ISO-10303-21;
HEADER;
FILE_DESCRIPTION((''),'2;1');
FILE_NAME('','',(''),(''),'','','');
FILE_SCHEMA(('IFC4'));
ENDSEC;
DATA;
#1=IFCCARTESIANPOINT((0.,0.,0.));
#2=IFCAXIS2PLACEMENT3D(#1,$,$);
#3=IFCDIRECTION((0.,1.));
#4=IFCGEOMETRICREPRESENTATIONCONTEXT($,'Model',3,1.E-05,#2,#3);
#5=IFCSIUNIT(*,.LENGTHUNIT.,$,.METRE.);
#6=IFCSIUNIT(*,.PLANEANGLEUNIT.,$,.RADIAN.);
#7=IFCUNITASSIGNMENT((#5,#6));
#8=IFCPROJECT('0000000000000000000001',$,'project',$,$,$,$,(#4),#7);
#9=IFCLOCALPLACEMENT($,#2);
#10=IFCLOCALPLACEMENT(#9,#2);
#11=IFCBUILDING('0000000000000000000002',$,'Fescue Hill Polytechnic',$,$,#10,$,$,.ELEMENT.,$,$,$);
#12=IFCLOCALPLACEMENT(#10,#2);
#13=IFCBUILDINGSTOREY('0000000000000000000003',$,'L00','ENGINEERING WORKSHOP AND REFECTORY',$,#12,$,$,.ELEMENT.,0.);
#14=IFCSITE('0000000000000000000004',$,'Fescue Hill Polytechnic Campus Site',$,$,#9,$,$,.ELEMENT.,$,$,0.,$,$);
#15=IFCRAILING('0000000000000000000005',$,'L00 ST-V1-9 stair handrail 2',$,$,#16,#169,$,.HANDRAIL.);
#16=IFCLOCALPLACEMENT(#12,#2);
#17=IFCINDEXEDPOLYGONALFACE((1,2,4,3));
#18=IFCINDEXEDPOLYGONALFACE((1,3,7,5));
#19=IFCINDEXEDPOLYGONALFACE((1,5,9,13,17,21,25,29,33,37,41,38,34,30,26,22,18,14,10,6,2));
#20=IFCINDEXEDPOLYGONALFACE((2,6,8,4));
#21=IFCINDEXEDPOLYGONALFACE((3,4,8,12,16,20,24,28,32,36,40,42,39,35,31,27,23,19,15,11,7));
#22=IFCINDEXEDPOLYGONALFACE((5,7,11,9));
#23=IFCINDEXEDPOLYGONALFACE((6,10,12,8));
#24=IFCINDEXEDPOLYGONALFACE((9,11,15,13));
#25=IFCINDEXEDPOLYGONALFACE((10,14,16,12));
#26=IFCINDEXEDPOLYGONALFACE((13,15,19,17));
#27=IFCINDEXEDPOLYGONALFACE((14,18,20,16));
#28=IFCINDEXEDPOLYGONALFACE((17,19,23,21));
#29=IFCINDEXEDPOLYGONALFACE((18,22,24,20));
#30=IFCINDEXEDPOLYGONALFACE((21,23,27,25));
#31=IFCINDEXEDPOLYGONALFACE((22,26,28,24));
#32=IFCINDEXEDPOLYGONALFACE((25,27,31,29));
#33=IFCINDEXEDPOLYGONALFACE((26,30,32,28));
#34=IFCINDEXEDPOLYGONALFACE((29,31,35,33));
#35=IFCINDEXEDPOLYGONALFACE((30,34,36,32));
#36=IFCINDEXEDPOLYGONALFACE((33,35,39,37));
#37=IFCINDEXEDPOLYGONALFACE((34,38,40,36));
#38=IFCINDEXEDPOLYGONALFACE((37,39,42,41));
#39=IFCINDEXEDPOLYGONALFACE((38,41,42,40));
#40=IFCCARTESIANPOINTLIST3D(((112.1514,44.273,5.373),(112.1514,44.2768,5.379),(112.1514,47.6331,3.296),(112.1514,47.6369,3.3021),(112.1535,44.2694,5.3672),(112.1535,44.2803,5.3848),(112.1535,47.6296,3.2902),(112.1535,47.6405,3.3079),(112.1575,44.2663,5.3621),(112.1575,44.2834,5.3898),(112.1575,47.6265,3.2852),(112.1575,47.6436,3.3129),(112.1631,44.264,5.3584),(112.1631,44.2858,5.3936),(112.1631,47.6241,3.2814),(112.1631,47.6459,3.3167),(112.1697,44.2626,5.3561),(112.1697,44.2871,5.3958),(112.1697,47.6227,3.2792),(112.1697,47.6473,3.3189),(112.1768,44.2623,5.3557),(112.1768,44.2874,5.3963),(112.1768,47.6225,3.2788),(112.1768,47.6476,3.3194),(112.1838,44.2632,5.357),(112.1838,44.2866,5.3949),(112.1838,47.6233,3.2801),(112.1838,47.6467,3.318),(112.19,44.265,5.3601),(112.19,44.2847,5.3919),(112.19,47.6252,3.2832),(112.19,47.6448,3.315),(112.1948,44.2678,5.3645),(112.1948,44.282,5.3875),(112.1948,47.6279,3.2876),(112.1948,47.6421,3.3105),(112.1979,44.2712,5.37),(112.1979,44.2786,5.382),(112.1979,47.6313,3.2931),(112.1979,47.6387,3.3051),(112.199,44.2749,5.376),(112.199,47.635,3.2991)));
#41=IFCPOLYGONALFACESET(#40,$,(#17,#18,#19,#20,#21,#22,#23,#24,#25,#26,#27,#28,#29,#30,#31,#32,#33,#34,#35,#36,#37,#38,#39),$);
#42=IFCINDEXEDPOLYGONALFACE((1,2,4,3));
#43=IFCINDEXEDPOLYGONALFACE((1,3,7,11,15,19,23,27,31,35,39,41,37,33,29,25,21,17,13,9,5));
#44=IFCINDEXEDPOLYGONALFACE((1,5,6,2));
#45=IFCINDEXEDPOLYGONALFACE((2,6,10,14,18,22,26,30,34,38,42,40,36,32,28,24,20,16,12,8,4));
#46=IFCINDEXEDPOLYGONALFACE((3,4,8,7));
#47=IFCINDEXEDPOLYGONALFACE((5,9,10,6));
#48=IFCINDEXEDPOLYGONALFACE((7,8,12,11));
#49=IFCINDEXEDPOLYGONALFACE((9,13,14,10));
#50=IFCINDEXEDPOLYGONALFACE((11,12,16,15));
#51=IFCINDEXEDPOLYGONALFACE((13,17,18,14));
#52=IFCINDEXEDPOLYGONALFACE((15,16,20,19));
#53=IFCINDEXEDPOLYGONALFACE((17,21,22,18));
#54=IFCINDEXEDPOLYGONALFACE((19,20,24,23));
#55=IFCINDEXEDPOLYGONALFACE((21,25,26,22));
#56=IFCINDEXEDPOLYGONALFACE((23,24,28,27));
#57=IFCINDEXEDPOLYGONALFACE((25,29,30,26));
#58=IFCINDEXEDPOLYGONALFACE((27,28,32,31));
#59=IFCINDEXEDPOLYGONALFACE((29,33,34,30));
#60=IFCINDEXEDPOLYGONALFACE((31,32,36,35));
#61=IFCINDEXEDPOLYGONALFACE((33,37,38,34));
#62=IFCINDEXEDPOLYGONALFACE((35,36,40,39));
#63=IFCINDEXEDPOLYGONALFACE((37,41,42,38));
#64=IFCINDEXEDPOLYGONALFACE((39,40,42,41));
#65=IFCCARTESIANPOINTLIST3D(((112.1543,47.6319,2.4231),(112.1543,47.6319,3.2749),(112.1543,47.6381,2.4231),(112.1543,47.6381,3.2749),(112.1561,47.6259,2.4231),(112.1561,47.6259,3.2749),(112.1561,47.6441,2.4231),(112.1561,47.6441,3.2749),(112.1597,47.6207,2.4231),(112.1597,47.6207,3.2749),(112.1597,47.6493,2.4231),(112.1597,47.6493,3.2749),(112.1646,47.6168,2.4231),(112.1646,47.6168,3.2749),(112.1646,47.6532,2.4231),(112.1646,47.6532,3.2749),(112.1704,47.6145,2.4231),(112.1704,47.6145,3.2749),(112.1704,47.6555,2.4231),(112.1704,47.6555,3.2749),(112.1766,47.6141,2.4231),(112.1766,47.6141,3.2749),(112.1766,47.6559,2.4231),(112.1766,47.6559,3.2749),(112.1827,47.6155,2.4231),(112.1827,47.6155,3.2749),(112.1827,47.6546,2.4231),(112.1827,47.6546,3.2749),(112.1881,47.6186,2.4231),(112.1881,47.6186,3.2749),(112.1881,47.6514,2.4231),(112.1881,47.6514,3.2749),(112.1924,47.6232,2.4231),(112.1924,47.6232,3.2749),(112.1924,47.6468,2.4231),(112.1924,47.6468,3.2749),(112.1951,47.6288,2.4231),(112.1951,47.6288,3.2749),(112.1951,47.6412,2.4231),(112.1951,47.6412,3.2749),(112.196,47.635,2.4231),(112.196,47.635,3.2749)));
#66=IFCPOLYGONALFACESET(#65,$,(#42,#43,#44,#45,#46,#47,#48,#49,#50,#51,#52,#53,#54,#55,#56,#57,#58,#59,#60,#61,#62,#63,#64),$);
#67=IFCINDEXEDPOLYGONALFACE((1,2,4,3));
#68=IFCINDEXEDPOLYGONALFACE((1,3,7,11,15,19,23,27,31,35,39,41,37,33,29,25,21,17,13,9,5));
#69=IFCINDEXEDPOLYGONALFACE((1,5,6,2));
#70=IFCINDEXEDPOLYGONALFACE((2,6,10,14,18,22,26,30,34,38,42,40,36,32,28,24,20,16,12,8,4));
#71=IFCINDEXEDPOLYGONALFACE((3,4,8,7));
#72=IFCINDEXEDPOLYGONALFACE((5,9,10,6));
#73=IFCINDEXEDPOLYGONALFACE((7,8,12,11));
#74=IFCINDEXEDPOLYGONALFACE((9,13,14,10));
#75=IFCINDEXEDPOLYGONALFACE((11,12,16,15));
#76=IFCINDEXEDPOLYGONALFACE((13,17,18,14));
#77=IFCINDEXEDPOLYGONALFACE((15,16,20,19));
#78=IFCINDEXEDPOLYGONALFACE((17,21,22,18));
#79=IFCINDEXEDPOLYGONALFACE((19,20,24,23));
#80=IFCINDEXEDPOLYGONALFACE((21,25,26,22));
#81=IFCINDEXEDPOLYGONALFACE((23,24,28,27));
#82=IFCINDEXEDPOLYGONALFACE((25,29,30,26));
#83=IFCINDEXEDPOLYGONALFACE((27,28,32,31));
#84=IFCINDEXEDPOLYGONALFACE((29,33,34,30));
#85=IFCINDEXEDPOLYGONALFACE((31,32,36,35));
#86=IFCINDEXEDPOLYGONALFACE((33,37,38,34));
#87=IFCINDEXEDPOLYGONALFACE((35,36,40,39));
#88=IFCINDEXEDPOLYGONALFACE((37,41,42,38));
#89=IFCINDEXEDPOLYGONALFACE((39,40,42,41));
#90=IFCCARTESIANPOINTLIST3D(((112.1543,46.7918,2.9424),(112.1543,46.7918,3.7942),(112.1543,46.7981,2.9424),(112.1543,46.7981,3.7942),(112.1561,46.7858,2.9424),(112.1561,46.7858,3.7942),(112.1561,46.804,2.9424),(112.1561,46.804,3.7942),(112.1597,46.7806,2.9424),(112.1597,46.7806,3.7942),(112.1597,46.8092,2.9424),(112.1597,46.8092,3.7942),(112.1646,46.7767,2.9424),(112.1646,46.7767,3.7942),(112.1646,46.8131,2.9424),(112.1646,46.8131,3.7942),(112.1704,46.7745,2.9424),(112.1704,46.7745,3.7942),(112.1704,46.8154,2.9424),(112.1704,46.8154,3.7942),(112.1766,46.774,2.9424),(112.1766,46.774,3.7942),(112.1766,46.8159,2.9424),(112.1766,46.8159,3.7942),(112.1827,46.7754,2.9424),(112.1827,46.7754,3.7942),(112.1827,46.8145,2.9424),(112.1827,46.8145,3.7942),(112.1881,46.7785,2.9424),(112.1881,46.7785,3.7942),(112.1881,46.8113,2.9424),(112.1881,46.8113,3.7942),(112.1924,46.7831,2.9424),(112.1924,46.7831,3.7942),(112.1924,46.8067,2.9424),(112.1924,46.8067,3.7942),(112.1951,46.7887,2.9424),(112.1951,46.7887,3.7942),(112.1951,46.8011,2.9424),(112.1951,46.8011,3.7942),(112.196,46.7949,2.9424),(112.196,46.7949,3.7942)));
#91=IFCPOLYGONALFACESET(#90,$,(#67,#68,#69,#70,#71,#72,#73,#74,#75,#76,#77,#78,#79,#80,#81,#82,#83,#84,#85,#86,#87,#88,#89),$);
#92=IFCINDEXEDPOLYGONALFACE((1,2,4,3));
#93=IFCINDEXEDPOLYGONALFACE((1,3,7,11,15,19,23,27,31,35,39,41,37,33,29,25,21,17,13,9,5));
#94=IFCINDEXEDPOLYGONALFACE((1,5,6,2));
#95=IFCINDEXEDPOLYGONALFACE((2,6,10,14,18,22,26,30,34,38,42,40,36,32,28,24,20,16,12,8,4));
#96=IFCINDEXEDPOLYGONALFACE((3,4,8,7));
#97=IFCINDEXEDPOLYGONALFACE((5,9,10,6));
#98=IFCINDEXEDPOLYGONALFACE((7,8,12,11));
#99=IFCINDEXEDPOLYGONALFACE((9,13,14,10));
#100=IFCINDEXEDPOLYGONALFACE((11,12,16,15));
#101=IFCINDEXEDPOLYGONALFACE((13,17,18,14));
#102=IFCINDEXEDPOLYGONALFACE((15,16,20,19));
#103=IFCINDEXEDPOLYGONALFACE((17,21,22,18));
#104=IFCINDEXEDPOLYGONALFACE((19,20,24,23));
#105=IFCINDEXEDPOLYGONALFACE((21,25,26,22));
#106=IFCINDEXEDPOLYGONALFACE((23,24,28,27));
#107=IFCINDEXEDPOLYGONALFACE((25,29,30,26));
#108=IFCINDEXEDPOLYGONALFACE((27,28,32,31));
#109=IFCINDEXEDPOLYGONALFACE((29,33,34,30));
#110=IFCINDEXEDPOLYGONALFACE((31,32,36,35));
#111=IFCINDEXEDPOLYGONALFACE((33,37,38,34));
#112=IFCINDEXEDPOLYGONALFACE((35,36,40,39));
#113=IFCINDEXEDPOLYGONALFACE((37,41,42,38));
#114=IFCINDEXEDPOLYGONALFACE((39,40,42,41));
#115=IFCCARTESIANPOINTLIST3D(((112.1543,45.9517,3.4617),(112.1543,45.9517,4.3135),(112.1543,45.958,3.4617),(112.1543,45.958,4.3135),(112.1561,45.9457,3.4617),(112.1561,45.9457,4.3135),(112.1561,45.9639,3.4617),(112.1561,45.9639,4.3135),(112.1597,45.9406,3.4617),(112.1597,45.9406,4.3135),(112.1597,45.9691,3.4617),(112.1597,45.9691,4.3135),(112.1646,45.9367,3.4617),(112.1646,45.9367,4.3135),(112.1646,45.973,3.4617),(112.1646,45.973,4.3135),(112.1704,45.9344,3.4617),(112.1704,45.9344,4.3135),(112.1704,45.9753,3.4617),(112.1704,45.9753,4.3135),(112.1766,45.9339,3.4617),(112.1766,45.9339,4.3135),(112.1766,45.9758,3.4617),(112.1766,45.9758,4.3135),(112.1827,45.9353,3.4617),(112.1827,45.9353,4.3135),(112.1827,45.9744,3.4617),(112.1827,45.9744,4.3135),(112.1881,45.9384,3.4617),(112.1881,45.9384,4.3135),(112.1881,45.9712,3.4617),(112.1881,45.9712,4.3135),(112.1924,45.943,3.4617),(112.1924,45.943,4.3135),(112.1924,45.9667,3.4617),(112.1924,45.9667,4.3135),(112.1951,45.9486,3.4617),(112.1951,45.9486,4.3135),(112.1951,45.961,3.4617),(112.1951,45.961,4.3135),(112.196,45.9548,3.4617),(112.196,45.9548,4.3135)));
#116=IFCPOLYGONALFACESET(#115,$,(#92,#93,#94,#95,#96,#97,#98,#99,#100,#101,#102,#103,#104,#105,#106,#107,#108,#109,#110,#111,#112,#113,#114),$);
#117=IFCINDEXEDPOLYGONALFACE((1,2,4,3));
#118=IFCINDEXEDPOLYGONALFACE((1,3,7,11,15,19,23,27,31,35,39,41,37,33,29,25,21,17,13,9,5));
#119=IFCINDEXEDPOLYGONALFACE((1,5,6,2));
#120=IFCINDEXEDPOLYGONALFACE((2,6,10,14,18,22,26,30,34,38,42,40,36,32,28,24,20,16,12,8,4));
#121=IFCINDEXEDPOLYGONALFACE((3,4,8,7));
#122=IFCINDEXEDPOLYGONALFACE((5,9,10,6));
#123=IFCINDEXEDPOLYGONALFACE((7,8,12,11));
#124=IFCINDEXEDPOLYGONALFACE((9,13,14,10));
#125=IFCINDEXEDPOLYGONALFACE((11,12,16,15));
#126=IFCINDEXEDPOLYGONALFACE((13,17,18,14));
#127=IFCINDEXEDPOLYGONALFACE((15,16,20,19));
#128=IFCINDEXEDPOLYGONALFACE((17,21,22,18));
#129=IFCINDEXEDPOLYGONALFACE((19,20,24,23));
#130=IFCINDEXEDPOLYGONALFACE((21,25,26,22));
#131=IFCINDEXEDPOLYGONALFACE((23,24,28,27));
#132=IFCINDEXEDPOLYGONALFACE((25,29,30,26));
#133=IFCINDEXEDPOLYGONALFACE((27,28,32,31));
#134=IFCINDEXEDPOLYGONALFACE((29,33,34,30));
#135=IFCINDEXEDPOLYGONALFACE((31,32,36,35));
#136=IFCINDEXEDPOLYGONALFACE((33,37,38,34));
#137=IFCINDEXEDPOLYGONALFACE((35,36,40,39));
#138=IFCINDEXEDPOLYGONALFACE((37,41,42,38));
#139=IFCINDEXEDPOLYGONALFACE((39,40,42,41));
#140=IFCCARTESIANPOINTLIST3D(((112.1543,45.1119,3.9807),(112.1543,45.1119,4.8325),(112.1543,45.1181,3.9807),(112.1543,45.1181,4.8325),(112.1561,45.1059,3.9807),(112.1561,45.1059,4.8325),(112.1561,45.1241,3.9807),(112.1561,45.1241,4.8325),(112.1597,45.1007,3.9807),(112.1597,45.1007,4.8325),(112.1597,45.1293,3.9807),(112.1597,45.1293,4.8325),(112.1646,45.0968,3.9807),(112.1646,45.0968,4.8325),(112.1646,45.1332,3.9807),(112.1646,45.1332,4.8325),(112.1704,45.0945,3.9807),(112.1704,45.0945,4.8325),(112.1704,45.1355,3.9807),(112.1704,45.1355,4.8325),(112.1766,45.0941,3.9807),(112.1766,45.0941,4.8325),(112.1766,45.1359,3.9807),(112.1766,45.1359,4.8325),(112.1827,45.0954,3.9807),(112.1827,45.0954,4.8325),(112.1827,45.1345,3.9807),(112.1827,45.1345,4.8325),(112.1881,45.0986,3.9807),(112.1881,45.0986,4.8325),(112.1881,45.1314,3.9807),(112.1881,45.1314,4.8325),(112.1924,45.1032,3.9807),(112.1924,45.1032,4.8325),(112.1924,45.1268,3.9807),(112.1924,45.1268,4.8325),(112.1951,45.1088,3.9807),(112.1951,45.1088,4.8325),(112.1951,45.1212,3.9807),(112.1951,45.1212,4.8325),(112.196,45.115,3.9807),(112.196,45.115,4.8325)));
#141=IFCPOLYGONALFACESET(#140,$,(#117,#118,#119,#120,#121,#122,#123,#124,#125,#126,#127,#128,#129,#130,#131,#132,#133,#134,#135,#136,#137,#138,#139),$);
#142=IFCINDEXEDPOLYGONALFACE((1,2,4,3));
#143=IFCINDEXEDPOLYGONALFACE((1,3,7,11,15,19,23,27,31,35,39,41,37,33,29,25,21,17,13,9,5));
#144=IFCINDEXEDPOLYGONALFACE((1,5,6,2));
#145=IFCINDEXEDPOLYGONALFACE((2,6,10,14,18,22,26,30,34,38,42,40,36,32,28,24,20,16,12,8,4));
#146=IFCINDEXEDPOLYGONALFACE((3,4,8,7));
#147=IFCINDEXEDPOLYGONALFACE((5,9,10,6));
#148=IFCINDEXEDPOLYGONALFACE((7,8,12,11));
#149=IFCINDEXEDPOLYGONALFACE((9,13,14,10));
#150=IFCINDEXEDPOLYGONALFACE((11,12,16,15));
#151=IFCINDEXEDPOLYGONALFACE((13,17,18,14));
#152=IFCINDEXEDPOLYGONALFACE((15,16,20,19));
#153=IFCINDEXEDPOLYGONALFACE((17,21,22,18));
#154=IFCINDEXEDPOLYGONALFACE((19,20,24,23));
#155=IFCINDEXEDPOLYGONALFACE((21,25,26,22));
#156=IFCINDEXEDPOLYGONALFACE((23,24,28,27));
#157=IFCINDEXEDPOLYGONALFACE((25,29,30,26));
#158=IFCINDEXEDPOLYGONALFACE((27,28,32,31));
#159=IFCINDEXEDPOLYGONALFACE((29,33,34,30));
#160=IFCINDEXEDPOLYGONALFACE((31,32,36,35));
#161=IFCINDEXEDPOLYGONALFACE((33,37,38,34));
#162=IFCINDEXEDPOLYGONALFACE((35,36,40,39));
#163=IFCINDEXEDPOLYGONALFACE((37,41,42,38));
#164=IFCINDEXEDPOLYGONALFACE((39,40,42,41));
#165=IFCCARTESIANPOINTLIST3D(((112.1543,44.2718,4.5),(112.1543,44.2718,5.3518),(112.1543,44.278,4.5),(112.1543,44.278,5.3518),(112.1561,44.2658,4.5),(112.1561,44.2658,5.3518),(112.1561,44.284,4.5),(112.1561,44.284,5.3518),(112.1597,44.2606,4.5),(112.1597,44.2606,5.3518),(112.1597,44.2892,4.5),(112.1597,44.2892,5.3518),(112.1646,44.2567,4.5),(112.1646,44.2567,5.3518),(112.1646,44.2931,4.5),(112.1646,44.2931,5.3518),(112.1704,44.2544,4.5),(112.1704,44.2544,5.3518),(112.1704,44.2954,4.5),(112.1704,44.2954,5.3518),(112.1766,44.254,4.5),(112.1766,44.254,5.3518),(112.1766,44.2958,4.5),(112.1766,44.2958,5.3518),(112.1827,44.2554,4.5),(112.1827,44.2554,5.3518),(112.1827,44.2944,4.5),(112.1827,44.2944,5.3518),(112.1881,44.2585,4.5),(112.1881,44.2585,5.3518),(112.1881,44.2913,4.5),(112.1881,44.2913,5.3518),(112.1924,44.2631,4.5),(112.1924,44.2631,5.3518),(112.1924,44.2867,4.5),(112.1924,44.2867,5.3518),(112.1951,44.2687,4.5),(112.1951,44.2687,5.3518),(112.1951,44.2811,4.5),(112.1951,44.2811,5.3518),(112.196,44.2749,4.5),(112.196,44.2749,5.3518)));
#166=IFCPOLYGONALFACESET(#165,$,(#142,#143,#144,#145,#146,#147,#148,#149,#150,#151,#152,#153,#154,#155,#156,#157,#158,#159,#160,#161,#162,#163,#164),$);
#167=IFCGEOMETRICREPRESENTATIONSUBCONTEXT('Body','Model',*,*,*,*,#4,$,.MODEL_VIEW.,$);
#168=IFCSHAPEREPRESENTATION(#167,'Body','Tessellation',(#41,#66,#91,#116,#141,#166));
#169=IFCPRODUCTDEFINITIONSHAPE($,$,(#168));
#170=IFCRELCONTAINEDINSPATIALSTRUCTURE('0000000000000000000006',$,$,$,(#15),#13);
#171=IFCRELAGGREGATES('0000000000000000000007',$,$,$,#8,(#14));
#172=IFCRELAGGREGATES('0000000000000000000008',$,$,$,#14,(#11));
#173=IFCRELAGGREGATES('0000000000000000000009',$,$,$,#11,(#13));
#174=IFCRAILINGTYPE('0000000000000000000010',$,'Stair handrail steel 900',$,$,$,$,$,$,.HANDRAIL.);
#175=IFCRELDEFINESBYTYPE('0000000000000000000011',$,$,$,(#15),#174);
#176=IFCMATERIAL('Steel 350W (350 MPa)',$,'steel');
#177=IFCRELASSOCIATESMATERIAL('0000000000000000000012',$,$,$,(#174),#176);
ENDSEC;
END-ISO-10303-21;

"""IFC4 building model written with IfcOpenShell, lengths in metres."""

from ifc_helpers import new_model, si_unit, direction, frame, origin, origin_2d, place, context, subcontext, project, spatial, circle, extrude, material, type_object, element, save


model = new_model("IFC4")

# Units and contexts
model_context = context("Model", 3, precision=1e-05, world=origin(), true_north=direction((0.0, 1.0)))
body_context = subcontext(model_context, "Body", "Model", "MODEL_VIEW")
ifc_project = project(units=[si_unit("LENGTHUNIT", "METRE"), si_unit("PLANEANGLEUNIT", "RADIAN")], contexts=[model_context])

# Site, building, storey
site_placement = place(None, origin())
site = spatial("IfcSite", under=ifc_project, at=site_placement, Name="Fescue Hill Polytechnic Campus Site", CompositionType="ELEMENT", RefElevation=0.0)
building_placement = place(site_placement, origin())
building = spatial("IfcBuilding", under=site, at=building_placement, Name="Fescue Hill Polytechnic", CompositionType="ELEMENT")
storey_placement = place(building_placement, origin())
storey = spatial("IfcBuildingStorey", under=building, at=storey_placement, Name="L00", Description="ENGINEERING WORKSHOP AND REFECTORY", CompositionType="ELEMENT", Elevation=0.0)

# Railing
ifc_material_1 = material(Name="Steel 350W (350 MPa)", Category="steel")
railing_type_1 = type_object("IfcRailingType", Name="Stair handrail steel 900", PredefinedType="HANDRAIL", material=ifc_material_1)
railing_1_placement = place(storey_placement, frame((112.175, 47.635, 2.4231)))
element("IfcRailing", 1, at=railing_1_placement, inside=storey, type_object=railing_type_1, Name="L00 ST-V1-9 stair handrail 2", PredefinedType="HANDRAIL", context=body_context, shape_type="SweptSolid", body=[
    extrude(circle(Radius=0.0239, at=origin_2d()), frame((0.0, 0.0, 0.876), z_axis=(0.0, -0.850623, 0.525776), x_axis=(1.0, 0.0, 0.0)), (0.0, 0.0, 1.0), 3.9502),
    extrude(circle(Radius=0.021, at=origin_2d()), origin(), (0.0, 0.0, 1.0), 0.8518),
    extrude(circle(Radius=0.021, at=origin_2d()), frame((0.0, -0.8401, 0.5193)), (0.0, 0.0, 1.0), 0.8518),
    extrude(circle(Radius=0.021, at=origin_2d()), frame((0.0, -1.6802, 1.0386)), (0.0, 0.0, 1.0), 0.8518),
    extrude(circle(Radius=0.021, at=origin_2d()), frame((0.0, -2.52, 1.5576)), (0.0, 0.0, 1.0), 0.8518),
    extrude(circle(Radius=0.021, at=origin_2d()), frame((0.0, -3.3601, 2.0769)), (0.0, 0.0, 1.0), 0.8518),
])

save(model, "model.ifc")
